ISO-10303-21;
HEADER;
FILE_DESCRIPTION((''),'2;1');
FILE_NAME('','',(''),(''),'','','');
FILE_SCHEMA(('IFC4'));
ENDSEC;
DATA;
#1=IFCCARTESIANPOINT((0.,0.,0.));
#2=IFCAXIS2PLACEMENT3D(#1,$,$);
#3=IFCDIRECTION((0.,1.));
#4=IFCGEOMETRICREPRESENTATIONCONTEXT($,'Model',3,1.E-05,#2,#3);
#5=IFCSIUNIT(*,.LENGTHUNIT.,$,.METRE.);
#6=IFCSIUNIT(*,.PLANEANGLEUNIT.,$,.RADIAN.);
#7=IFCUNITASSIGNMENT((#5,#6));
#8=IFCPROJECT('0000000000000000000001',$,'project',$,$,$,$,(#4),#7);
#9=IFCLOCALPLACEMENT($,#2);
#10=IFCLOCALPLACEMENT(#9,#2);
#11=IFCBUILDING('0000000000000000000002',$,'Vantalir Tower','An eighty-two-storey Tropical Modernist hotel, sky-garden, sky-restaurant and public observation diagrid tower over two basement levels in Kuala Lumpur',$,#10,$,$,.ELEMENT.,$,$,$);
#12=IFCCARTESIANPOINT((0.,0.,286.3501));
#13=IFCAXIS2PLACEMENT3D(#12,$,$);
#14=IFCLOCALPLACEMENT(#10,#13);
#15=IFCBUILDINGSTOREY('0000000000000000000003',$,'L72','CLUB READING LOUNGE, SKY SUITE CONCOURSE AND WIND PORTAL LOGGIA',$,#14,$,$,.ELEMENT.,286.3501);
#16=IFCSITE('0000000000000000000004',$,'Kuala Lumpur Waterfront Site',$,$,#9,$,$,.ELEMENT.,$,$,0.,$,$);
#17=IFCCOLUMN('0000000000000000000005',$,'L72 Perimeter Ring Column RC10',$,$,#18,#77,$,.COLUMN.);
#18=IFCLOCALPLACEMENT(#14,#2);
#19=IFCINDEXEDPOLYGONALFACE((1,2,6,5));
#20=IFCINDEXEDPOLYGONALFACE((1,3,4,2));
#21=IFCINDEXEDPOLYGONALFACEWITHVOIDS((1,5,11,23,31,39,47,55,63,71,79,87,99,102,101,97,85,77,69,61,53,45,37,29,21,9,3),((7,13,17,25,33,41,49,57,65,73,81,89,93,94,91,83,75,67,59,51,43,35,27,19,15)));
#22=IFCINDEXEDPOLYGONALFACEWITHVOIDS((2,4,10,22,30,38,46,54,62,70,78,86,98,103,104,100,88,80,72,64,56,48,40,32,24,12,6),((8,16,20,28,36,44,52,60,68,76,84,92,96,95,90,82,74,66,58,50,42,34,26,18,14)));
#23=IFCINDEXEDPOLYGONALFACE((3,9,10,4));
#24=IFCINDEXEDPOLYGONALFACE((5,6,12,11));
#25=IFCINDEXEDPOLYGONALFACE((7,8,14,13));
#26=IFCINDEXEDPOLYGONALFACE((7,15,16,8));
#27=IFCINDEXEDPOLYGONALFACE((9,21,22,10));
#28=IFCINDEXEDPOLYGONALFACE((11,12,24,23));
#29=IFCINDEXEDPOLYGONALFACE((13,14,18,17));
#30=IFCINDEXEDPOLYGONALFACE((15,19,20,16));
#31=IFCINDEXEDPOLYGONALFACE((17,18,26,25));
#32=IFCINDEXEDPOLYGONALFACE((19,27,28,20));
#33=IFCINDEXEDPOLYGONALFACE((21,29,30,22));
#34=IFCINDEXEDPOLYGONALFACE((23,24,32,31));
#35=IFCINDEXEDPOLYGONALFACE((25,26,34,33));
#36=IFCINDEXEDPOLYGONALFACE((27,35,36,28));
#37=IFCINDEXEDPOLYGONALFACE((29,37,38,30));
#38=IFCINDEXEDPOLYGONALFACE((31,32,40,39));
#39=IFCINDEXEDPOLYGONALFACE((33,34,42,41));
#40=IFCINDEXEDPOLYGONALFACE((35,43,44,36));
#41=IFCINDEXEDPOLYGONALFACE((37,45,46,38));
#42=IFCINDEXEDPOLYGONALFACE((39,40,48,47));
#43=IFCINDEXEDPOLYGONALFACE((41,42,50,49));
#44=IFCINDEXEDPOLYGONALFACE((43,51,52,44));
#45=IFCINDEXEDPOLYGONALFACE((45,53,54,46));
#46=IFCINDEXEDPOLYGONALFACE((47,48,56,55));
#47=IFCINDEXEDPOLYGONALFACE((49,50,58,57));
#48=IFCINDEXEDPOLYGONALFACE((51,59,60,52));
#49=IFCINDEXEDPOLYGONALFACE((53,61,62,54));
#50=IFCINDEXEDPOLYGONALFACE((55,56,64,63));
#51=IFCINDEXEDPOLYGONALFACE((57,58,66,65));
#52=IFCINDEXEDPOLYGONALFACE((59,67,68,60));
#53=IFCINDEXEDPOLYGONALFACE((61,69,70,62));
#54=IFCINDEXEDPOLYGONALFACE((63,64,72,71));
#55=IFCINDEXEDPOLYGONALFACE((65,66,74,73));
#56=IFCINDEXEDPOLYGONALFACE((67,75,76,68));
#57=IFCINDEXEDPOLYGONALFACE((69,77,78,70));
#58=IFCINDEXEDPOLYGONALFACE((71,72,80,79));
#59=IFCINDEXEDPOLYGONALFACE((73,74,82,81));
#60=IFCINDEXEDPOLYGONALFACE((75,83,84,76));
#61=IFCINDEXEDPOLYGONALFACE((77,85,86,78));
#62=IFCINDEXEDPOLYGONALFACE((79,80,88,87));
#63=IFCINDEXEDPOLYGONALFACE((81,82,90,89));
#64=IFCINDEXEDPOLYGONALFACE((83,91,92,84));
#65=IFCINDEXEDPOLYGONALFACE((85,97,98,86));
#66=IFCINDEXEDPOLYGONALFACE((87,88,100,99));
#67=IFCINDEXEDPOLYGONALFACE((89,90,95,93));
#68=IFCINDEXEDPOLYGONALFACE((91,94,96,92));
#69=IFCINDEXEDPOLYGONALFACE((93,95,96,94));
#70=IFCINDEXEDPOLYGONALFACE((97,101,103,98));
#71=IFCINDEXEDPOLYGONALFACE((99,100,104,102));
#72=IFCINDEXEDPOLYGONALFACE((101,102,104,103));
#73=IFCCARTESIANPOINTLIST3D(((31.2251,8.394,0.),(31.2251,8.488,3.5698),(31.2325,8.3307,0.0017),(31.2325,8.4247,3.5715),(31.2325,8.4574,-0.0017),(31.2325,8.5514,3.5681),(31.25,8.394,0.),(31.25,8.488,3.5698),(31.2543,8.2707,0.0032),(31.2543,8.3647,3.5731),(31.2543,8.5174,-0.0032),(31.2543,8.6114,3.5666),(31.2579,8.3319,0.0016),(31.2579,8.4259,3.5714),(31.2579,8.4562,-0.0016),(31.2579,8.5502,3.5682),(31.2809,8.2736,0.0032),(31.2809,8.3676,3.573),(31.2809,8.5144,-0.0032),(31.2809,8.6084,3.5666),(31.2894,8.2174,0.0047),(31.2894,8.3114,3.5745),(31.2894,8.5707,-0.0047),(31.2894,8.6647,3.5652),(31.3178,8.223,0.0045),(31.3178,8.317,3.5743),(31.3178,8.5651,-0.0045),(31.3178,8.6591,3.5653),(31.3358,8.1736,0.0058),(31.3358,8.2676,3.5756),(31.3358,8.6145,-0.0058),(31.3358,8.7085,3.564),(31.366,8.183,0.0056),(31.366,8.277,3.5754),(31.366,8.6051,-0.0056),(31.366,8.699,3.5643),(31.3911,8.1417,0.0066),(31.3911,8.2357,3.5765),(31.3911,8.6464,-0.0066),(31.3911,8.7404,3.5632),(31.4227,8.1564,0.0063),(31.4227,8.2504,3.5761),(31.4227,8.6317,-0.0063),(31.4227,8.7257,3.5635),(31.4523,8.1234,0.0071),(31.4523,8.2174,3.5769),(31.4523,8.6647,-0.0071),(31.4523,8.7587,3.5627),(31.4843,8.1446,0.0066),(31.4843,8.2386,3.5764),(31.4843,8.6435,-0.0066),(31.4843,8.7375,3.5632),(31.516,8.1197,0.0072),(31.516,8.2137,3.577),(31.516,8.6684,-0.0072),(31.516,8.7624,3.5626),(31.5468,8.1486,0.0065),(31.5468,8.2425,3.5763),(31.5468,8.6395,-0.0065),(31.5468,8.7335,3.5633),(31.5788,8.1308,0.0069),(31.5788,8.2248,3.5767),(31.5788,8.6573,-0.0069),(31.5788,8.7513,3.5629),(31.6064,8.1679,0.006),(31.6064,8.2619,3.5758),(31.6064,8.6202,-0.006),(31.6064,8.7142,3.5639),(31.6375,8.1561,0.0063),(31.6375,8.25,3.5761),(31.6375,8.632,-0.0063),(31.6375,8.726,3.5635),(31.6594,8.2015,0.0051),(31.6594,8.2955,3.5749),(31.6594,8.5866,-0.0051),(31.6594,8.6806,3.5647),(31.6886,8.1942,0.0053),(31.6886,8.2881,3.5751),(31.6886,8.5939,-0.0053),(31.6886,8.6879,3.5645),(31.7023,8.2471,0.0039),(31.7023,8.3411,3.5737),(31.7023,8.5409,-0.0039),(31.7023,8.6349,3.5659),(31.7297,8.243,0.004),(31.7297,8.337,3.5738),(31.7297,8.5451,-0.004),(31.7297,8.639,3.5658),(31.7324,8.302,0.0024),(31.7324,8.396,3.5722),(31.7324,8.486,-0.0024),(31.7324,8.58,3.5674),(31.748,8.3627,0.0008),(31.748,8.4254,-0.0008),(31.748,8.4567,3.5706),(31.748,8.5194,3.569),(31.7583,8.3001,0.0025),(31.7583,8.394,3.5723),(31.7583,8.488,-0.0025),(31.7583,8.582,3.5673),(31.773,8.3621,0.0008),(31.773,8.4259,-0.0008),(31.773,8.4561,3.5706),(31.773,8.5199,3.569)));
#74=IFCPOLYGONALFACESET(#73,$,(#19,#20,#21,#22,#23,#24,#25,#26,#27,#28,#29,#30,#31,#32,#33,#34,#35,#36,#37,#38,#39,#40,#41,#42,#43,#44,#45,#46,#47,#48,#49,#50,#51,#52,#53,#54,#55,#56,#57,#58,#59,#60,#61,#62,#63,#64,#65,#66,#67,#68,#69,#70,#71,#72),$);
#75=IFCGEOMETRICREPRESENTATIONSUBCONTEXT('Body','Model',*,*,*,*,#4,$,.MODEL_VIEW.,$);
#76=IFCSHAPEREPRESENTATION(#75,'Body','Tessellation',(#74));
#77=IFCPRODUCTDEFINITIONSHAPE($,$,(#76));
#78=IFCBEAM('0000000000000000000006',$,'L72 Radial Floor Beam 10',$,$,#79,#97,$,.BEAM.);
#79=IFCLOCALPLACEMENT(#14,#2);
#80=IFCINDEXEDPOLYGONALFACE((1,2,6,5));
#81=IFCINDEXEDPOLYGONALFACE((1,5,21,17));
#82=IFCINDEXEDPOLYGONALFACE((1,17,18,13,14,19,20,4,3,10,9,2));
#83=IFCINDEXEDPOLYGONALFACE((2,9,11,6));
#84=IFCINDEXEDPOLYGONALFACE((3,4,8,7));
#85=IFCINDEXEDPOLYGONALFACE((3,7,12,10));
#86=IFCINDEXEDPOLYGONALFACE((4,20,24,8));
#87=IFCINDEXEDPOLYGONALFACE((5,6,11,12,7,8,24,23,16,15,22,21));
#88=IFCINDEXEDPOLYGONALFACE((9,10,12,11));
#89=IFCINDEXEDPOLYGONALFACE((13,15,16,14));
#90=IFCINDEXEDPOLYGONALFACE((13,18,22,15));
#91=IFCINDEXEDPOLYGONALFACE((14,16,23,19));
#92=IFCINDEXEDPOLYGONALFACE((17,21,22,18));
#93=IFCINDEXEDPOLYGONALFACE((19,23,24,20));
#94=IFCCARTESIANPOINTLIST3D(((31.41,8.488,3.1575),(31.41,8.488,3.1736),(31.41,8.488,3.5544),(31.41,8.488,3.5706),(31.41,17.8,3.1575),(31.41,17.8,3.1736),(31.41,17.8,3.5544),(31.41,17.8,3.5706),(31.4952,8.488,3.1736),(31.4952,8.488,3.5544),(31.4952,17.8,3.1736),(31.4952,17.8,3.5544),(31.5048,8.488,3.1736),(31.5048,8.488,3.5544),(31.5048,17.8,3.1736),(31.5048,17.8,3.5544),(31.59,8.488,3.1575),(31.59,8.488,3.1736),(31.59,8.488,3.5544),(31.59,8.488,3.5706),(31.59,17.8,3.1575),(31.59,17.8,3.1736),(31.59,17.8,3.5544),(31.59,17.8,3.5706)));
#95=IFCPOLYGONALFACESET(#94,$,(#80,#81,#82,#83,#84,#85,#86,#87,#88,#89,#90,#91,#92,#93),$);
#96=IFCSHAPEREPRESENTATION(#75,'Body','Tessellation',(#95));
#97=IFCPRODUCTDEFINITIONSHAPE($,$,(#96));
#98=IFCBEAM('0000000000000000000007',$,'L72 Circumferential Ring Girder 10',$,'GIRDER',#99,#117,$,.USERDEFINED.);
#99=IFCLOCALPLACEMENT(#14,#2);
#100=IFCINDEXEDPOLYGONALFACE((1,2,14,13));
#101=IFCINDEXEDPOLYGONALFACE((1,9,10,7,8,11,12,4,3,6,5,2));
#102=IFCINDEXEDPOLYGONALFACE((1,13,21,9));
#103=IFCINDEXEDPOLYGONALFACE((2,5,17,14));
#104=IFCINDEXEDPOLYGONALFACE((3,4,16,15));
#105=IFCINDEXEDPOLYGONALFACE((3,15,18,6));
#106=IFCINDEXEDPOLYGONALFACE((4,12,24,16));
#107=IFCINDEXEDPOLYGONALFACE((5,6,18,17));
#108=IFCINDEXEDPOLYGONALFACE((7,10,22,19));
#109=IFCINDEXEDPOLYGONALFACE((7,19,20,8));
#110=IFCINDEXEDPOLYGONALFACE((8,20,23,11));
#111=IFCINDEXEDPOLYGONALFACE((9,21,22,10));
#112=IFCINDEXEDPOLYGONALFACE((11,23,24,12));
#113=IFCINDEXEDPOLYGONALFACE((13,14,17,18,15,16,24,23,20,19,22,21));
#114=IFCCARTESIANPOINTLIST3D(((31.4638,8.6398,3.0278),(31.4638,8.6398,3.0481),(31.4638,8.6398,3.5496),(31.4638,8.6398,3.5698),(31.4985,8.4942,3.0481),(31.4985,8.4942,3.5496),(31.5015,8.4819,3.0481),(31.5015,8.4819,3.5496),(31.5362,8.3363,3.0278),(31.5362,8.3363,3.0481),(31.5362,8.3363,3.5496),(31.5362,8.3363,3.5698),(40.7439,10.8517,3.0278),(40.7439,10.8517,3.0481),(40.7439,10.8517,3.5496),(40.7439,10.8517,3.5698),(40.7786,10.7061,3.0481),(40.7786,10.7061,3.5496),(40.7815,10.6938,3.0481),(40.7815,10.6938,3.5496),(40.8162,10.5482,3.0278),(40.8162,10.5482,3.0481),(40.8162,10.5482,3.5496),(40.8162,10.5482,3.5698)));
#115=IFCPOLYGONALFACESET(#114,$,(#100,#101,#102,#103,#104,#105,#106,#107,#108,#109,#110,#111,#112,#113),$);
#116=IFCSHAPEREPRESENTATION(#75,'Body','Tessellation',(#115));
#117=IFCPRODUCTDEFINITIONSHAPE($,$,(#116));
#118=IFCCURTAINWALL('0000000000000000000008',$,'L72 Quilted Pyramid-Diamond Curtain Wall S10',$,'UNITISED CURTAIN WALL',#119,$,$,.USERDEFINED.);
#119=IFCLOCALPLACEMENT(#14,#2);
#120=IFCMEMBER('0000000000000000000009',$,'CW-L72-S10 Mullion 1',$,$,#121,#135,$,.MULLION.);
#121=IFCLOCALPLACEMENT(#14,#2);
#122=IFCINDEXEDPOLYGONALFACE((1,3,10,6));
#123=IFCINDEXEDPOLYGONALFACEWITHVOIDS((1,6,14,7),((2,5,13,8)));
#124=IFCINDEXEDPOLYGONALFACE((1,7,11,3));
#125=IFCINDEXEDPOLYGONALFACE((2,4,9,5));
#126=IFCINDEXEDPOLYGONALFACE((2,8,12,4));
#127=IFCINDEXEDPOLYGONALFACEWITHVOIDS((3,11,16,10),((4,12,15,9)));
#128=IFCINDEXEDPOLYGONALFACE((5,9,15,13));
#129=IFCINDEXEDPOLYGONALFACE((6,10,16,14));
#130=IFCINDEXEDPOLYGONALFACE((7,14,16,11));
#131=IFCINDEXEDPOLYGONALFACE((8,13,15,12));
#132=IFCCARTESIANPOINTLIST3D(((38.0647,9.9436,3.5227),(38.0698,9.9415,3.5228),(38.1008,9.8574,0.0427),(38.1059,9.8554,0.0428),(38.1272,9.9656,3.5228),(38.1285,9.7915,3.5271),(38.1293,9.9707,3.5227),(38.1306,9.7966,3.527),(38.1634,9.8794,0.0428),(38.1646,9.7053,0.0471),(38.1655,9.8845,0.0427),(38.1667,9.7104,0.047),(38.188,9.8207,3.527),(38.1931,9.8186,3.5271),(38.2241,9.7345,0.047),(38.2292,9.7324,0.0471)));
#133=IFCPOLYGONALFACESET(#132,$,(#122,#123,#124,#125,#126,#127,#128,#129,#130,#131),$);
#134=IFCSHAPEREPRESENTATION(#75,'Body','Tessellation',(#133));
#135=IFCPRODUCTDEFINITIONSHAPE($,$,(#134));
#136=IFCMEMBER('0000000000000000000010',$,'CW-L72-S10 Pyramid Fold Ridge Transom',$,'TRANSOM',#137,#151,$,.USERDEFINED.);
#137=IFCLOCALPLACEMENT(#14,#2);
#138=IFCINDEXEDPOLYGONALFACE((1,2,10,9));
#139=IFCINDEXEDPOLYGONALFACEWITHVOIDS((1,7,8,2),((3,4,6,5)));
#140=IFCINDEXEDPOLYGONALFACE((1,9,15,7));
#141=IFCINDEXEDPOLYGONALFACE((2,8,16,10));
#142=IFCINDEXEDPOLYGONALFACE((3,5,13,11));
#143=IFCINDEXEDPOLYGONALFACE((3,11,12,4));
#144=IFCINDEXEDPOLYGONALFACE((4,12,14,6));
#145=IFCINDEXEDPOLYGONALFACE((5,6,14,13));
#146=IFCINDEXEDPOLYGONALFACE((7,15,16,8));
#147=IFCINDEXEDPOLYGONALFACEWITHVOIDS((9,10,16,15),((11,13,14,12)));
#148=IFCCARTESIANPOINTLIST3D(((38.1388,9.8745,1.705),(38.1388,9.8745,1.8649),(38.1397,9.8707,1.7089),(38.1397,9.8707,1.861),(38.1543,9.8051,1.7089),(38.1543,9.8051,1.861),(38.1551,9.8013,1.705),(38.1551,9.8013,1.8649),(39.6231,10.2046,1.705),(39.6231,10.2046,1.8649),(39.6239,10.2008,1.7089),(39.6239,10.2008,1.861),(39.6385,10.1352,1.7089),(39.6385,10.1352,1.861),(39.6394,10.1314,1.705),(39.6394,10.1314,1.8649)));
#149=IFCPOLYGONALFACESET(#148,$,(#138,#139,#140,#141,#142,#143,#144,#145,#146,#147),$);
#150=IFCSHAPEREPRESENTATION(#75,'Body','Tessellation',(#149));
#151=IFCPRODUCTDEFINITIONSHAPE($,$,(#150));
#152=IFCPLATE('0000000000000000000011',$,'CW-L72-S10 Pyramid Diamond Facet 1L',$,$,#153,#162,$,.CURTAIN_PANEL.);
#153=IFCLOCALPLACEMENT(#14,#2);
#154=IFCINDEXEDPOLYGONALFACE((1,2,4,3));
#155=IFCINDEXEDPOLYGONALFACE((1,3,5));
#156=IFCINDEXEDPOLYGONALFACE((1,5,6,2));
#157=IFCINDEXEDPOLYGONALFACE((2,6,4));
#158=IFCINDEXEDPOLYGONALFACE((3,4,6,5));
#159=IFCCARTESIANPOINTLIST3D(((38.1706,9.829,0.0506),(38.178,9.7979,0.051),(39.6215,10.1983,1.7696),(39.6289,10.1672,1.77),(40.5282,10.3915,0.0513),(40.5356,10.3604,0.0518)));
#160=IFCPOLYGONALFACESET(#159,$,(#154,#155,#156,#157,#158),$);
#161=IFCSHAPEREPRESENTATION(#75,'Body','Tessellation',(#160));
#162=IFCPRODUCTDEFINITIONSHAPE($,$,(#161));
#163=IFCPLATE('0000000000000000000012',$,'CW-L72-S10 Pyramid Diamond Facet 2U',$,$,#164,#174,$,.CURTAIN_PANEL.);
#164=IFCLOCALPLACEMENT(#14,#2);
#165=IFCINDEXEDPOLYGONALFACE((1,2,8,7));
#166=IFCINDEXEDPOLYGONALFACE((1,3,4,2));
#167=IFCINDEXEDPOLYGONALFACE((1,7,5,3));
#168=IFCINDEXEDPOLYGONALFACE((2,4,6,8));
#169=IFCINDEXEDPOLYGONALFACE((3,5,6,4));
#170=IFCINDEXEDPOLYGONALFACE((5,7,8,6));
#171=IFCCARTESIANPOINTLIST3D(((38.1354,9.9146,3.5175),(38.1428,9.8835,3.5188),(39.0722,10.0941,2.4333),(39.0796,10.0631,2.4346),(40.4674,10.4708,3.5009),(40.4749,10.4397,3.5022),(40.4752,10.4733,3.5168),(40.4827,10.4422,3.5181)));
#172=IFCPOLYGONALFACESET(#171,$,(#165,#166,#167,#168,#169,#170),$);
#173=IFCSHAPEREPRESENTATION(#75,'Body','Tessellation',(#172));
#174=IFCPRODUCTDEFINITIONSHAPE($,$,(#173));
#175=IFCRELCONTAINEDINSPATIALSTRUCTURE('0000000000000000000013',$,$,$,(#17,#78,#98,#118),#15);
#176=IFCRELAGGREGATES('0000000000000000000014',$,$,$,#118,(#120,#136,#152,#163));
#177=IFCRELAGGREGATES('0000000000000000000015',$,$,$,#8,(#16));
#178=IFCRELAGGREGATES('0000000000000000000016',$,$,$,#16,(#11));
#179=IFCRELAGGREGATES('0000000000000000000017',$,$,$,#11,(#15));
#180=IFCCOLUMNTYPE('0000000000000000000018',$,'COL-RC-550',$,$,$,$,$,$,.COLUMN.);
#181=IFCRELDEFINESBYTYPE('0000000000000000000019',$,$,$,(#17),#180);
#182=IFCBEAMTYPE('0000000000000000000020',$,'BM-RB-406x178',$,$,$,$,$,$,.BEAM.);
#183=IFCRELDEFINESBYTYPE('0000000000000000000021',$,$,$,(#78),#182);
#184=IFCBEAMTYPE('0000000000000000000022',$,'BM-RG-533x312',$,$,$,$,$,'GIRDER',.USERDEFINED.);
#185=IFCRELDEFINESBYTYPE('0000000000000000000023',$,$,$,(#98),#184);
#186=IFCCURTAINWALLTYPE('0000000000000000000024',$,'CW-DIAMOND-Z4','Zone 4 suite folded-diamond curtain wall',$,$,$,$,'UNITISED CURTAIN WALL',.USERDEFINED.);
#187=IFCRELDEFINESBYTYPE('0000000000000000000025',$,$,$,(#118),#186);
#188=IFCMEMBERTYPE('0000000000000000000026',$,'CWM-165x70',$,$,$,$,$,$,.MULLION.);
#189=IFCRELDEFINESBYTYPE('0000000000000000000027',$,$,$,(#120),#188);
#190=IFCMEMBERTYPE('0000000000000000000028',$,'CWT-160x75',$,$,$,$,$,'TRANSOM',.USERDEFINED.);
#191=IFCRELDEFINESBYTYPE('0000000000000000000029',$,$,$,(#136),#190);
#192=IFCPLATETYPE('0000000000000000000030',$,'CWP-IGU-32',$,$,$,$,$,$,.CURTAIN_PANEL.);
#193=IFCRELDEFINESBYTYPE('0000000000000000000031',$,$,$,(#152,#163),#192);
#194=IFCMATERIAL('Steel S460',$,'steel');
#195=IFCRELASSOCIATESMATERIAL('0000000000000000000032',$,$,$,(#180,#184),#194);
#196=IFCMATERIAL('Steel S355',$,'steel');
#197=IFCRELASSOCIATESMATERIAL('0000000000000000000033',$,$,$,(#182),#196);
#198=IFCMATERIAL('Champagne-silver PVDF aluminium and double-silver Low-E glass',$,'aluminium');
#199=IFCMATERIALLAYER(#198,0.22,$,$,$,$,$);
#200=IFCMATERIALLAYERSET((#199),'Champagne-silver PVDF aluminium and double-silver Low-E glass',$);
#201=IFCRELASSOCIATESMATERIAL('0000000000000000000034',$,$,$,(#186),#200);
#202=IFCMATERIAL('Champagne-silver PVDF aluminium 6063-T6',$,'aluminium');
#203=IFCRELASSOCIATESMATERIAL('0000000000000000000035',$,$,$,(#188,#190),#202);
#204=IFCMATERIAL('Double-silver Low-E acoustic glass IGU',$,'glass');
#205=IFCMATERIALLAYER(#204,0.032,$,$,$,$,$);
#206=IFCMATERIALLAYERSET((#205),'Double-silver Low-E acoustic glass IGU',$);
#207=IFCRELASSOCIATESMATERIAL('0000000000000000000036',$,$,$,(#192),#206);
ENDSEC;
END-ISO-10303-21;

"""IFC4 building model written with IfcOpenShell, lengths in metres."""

from ifc_helpers import new_model, si_unit, direction, frame, origin, origin_2d, place, context, subcontext, project, spatial, polyline, hollow_rectangle, hollow_circle, i_section, outline, extrude, material, layer, layer_set, material_profile, profile_set, type_object, element, aggregate, save


model = new_model("IFC4")

# Units and contexts
model_context = context("Model", 3, precision=1e-05, world=origin(), true_north=direction((0.0, 1.0)))
body_context = subcontext(model_context, "Body", "Model", "MODEL_VIEW")
ifc_project = project(units=[si_unit("LENGTHUNIT", "METRE"), si_unit("PLANEANGLEUNIT", "RADIAN")], contexts=[model_context])

# Site, building, storey
site_placement = place(None, origin())
site = spatial("IfcSite", under=ifc_project, at=site_placement, Name="Kuala Lumpur Waterfront Site", CompositionType="ELEMENT", RefElevation=0.0)
building_placement = place(site_placement, origin())
building = spatial("IfcBuilding", under=site, at=building_placement, Name="Vantalir Tower", Description="An eighty-two-storey Tropical Modernist hotel, sky-garden, sky-restaurant and public observation diagrid tower over two basement levels in Kuala Lumpur", CompositionType="ELEMENT")
storey_placement = place(building_placement, frame((0.0, 0.0, 286.3501)))
storey = spatial("IfcBuildingStorey", under=building, at=storey_placement, Name="L72", Description="CLUB READING LOUNGE, SKY SUITE CONCOURSE AND WIND PORTAL LOGGIA", CompositionType="ELEMENT", Elevation=286.3501)

# Column
ifc_material_1 = material(Name="Steel S460", Category="steel")
ifc_material_profile_1 = material_profile(ifc_material_1, hollow_circle(Radius=0.2749, WallThickness=0.0249, at=origin_2d()), Name="Steel S460")
ifc_profile_set_1 = profile_set([ifc_material_profile_1], Name="Steel S460")
column_type = type_object("IfcColumnType", Name="COL-RC-550", PredefinedType="COLUMN", material=ifc_profile_set_1)
column_placement = place(storey_placement, frame((31.5, 8.394, 0.0), z_axis=(0.0, 0.026321, 0.999654), x_axis=(-1.0, 0.0, 0.0)))
element("IfcColumn", 1, at=column_placement, inside=storey, type_object=column_type, Name="L72 Perimeter Ring Column RC10", PredefinedType="COLUMN", context=body_context, shape_type="SweptSolid", body=[
    extrude(hollow_circle(Radius=0.2749, WallThickness=0.0249, at=origin_2d()), origin(), (0.0, 0.0, 1.0), 3.571),
])

# Beams
ifc_material_2 = material(Name="Steel S355", Category="steel")
ifc_material_profile_2 = material_profile(ifc_material_2, i_section(OverallWidth=0.1799, OverallDepth=0.4131, WebThickness=0.0095, FlangeThickness=0.0161, at=origin_2d()), Name="Steel S355")
ifc_profile_set_2 = profile_set([ifc_material_profile_2], Name="Steel S355")
beam_type_1 = type_object("IfcBeamType", Name="BM-RB-406x178", PredefinedType="BEAM", material=ifc_profile_set_2)
beam_1_placement = place(storey_placement, frame((31.5, 8.488, 3.364), z_axis=(0.0, 1.0, 0.0), x_axis=(-1.0, 0.0, 0.0)))
element("IfcBeam", 2, at=beam_1_placement, inside=storey, type_object=beam_type_1, Name="L72 Radial Floor Beam 10", PredefinedType="BEAM", context=body_context, shape_type="SweptSolid", body=[
    extrude(i_section(OverallWidth=0.1799, OverallDepth=0.4131, WebThickness=0.0095, FlangeThickness=0.0161, at=origin_2d()), origin(), (0.0, 0.0, 1.0), 9.312),
])
ifc_material_profile_3 = material_profile(ifc_material_1, i_section(OverallWidth=0.312, OverallDepth=0.542, WebThickness=0.0127, FlangeThickness=0.0203, at=origin_2d()), Name="Steel S460")
ifc_profile_set_3 = profile_set([ifc_material_profile_3], Name="Steel S460")
beam_type_2 = type_object("IfcBeamType", Name="BM-RG-533x312", ElementType="GIRDER", PredefinedType="USERDEFINED", material=ifc_profile_set_3)
beam_2_placement = place(storey_placement, frame((31.5, 8.488, 3.2988), z_axis=(0.97275, 0.231857, 0.0), x_axis=(-0.231857, 0.97275, 0.0)))
element("IfcBeam", 3, at=beam_2_placement, inside=storey, type_object=beam_type_2, Name="L72 Circumferential Ring Girder 10", ObjectType="GIRDER", PredefinedType="USERDEFINED", context=body_context, shape_type="SweptSolid", body=[
    extrude(i_section(OverallWidth=0.312, OverallDepth=0.542, WebThickness=0.0127, FlangeThickness=0.0203, at=origin_2d()), origin(), (0.0, 0.0, 1.0), 9.54),
])

# Curtain wall, members, plates
ifc_material_3 = material(Name="Champagne-silver PVDF aluminium and double-silver Low-E glass", Category="aluminium")
ifc_layer_1 = layer(ifc_material_3, 0.22)
ifc_layer_set_1 = layer_set([ifc_layer_1], Name="Champagne-silver PVDF aluminium and double-silver Low-E glass")
curtain_wall_type = type_object("IfcCurtainWallType", Name="CW-DIAMOND-Z4", Description="Zone 4 suite folded-diamond curtain wall", ElementType="UNITISED CURTAIN WALL", PredefinedType="USERDEFINED", material=ifc_layer_set_1)
curtain_wall_placement = place(storey_placement, origin())
curtain_wall = element("IfcCurtainWall", 4, at=curtain_wall_placement, inside=storey, type_object=curtain_wall_type, Name="L72 Quilted Pyramid-Diamond Curtain Wall S10", ObjectType="UNITISED CURTAIN WALL", PredefinedType="USERDEFINED")
ifc_material_4 = material(Name="Champagne-silver PVDF aluminium 6063-T6", Category="aluminium")
ifc_material_profile_4 = material_profile(ifc_material_4, hollow_rectangle(XDim=0.0701, YDim=0.165, WallThickness=0.0039, at=origin_2d()), Name="Champagne-silver PVDF aluminium 6063-T6")
ifc_profile_set_4 = profile_set([ifc_material_profile_4], Name="Champagne-silver PVDF aluminium 6063-T6")
member_type_1 = type_object("IfcMemberType", Name="CWM-165x70", PredefinedType="MULLION", material=ifc_profile_set_4)
member_1_placement = place(storey_placement, frame((38.165, 9.7949, 0.0449), z_axis=(-0.010379, 0.024756, 0.99964), x_axis=(-0.922224, -0.386655, 0.0)))
member_1 = element("IfcMember", 5, at=member_1_placement, type_object=member_type_1, Name="CW-L72-S10 Mullion 1", PredefinedType="MULLION", context=body_context, shape_type="SweptSolid", body=[
    extrude(hollow_rectangle(XDim=0.0701, YDim=0.165, WallThickness=0.0039, at=origin_2d()), origin(), (0.0, 0.0, 1.0), 3.4812),
])
ifc_material_profile_5 = material_profile(ifc_material_4, hollow_rectangle(XDim=0.075, YDim=0.1599, WallThickness=0.0039, at=origin_2d()), Name="Champagne-silver PVDF aluminium 6063-T6")
ifc_profile_set_5 = profile_set([ifc_material_profile_5], Name="Champagne-silver PVDF aluminium 6063-T6")
member_type_2 = type_object("IfcMemberType", Name="CWT-160x75", ElementType="TRANSOM", PredefinedType="USERDEFINED", material=ifc_profile_set_5)
member_2_placement = place(storey_placement, frame((38.147, 9.8379, 1.7849), z_axis=(0.976149, 0.2171, 0.0), x_axis=(-0.2171, 0.976149, 0.0)))
member_2 = element("IfcMember", 6, at=member_2_placement, type_object=member_type_2, Name="CW-L72-S10 Pyramid Fold Ridge Transom", ObjectType="TRANSOM", PredefinedType="USERDEFINED", context=body_context, shape_type="SweptSolid", body=[
    extrude(hollow_rectangle(XDim=0.075, YDim=0.1599, WallThickness=0.0039, at=origin_2d()), origin(), (0.0, 0.0, 1.0), 1.5205),
])
ifc_material_5 = material(Name="Double-silver Low-E acoustic glass IGU", Category="glass")
ifc_layer_2 = layer(ifc_material_5, 0.032)
ifc_layer_set_2 = layer_set([ifc_layer_2], Name="Double-silver Low-E acoustic glass IGU")
plate_type_1 = type_object("IfcPlateType", Name="CWP-IGU-32", PredefinedType="CURTAIN_PANEL", material=ifc_layer_set_2)
plate_1_placement = place(storey_placement, frame((38.178, 9.7979, 0.051), z_axis=(0.232046, -0.972616, 0.01314), x_axis=(0.972699, 0.23207, 0.000302)))
plate_1 = element("IfcPlate", 7, at=plate_1_placement, type_object=plate_type_1, Name="CW-L72-S10 Pyramid Diamond Facet 1L", PredefinedType="CURTAIN_PANEL", context=body_context, shape_type="SweptSolid", body=[
    extrude(outline(polyline([(0.0, 0.0), (2.4238, 0.0), (1.4976, 1.7187), (0.0, 0.0)])), origin(), (0.0, 0.0, -1.0), 0.032),
])
plate_2_placement = place(storey_placement, frame((38.1428, 9.8835, 3.5188), z_axis=(0.232063, -0.971895, 0.039587), x_axis=(0.97266, 0.232234, -0.000306)))
plate_2 = element("IfcPlate", 8, at=plate_2_placement, type_object=plate_type_1, Name="CW-L72-S10 Pyramid Diamond Facet 2U", PredefinedType="CURTAIN_PANEL", context=body_context, shape_type="SweptSolid", body=[
    extrude(outline(polyline([(0.0, 0.0), (2.4056, 0.0), (2.3974, -0.0159), (0.9532, -1.0848), (0.0, 0.0)])), origin(), (0.0, 0.0, -1.0), 0.032),
])
aggregate(curtain_wall, [member_1, member_2, plate_1, plate_2])

save(model, "model.ifc")
